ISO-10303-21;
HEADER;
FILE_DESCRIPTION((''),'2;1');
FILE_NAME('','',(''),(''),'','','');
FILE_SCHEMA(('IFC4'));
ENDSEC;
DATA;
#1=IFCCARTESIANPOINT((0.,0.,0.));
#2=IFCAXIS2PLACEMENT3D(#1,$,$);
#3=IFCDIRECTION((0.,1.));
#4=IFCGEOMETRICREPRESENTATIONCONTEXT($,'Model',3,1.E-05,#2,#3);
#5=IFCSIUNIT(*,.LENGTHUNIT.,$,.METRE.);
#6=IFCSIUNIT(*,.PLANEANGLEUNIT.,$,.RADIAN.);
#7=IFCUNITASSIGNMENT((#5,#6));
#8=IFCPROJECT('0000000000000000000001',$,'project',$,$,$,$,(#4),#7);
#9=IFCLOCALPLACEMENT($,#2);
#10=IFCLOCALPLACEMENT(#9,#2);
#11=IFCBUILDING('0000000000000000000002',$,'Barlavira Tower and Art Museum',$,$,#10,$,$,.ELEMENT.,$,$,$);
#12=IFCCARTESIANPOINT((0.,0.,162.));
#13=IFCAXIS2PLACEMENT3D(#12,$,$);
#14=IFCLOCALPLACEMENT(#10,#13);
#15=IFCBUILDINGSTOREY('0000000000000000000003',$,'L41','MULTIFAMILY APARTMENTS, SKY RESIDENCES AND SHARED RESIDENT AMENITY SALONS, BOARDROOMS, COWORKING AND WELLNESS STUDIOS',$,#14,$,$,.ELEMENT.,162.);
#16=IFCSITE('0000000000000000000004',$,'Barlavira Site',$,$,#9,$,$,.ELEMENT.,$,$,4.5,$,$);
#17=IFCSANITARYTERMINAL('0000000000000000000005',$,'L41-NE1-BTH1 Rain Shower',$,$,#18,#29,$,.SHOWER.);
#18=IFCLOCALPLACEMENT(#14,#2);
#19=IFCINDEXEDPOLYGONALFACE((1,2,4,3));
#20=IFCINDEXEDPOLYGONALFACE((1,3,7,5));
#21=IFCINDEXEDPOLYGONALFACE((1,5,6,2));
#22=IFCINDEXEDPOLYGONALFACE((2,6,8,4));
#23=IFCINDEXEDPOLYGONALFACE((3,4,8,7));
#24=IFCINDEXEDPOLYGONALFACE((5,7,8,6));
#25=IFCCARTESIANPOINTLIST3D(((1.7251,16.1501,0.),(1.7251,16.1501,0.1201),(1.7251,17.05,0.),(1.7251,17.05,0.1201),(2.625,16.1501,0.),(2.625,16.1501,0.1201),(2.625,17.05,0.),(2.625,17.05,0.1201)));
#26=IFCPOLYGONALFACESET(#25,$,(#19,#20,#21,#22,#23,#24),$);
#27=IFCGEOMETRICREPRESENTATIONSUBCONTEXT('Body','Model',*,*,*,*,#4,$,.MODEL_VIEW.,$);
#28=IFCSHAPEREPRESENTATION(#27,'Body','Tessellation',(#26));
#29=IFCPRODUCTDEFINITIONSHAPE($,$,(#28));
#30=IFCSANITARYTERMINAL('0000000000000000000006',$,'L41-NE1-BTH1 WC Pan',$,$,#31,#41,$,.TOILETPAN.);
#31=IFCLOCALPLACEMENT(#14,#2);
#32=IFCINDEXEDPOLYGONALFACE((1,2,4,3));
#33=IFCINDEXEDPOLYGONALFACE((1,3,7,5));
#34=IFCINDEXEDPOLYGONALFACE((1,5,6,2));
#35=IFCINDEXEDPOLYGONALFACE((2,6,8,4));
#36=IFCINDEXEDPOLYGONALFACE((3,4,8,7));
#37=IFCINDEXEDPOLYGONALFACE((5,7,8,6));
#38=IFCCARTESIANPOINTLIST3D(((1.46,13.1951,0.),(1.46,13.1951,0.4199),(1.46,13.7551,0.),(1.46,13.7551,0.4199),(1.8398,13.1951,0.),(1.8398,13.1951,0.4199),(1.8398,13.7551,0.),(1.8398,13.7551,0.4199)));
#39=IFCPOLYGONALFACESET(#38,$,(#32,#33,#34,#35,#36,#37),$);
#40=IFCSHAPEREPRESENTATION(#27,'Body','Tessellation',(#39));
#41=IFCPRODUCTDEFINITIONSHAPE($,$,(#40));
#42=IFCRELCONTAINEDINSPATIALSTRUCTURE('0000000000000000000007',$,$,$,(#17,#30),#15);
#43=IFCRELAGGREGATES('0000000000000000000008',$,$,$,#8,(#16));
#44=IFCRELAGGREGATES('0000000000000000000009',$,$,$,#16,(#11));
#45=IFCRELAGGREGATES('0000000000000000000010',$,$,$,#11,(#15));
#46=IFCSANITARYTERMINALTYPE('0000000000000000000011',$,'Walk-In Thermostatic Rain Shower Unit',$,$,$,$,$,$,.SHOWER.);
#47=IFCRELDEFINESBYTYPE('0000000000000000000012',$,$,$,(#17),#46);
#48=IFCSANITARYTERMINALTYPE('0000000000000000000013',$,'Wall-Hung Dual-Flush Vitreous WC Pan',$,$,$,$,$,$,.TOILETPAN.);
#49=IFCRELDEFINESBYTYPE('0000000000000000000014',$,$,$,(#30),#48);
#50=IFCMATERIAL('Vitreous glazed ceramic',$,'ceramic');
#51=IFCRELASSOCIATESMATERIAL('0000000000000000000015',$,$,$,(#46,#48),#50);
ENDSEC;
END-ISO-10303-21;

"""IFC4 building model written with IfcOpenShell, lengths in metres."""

from ifc_helpers import new_model, si_unit, direction, frame, origin, origin_2d, place, context, subcontext, project, spatial, rectangle, extrude, material, type_object, element, save


model = new_model("IFC4")

# Units and contexts
model_context = context("Model", 3, precision=1e-05, world=origin(), true_north=direction((0.0, 1.0)))
body_context = subcontext(model_context, "Body", "Model", "MODEL_VIEW")
ifc_project = project(units=[si_unit("LENGTHUNIT", "METRE"), si_unit("PLANEANGLEUNIT", "RADIAN")], contexts=[model_context])

# Site, building, storey
site_placement = place(None, origin())
site = spatial("IfcSite", under=ifc_project, at=site_placement, Name="Barlavira Site", CompositionType="ELEMENT", RefElevation=4.5)
building_placement = place(site_placement, origin())
building = spatial("IfcBuilding", under=site, at=building_placement, Name="Barlavira Tower and Art Museum", CompositionType="ELEMENT")
storey_placement = place(building_placement, frame((0.0, 0.0, 162.0)))
storey = spatial("IfcBuildingStorey", under=building, at=storey_placement, Name="L41", Description="MULTIFAMILY APARTMENTS, SKY RESIDENCES AND SHARED RESIDENT AMENITY SALONS, BOARDROOMS, COWORKING AND WELLNESS STUDIOS", CompositionType="ELEMENT", Elevation=162.0)

# Sanitary terminals
ifc_material_1 = material(Name="Vitreous glazed ceramic", Category="ceramic")
sanitary_terminal_type_1 = type_object("IfcSanitaryTerminalType", Name="Walk-In Thermostatic Rain Shower Unit", PredefinedType="SHOWER", material=ifc_material_1)
sanitary_terminal_1_placement = place(storey_placement, frame((2.175, 16.6001, 0.0), z_axis=(0.0, 0.0, 1.0), x_axis=(1.0, 0.0, 0.0)))
element("IfcSanitaryTerminal", 1, at=sanitary_terminal_1_placement, inside=storey, type_object=sanitary_terminal_type_1, Name="L41-NE1-BTH1 Rain Shower", PredefinedType="SHOWER", context=body_context, shape_type="SweptSolid", body=[
    extrude(rectangle(XDim=0.8999, YDim=0.8999, at=origin_2d()), origin(), (0.0, 0.0, 1.0), 0.1201),
])
sanitary_terminal_type_2 = type_object("IfcSanitaryTerminalType", Name="Wall-Hung Dual-Flush Vitreous WC Pan", PredefinedType="TOILETPAN", material=ifc_material_1)
sanitary_terminal_2_placement = place(storey_placement, frame((1.6499, 13.4751, 0.0), z_axis=(0.0, 0.0, 1.0), x_axis=(1.0, 0.0, 0.0)))
element("IfcSanitaryTerminal", 2, at=sanitary_terminal_2_placement, inside=storey, type_object=sanitary_terminal_type_2, Name="L41-NE1-BTH1 WC Pan", PredefinedType="TOILETPAN", context=body_context, shape_type="SweptSolid", body=[
    extrude(rectangle(XDim=0.3799, YDim=0.5601, at=origin_2d()), origin(), (0.0, 0.0, 1.0), 0.4199),
])

save(model, "model.ifc")
